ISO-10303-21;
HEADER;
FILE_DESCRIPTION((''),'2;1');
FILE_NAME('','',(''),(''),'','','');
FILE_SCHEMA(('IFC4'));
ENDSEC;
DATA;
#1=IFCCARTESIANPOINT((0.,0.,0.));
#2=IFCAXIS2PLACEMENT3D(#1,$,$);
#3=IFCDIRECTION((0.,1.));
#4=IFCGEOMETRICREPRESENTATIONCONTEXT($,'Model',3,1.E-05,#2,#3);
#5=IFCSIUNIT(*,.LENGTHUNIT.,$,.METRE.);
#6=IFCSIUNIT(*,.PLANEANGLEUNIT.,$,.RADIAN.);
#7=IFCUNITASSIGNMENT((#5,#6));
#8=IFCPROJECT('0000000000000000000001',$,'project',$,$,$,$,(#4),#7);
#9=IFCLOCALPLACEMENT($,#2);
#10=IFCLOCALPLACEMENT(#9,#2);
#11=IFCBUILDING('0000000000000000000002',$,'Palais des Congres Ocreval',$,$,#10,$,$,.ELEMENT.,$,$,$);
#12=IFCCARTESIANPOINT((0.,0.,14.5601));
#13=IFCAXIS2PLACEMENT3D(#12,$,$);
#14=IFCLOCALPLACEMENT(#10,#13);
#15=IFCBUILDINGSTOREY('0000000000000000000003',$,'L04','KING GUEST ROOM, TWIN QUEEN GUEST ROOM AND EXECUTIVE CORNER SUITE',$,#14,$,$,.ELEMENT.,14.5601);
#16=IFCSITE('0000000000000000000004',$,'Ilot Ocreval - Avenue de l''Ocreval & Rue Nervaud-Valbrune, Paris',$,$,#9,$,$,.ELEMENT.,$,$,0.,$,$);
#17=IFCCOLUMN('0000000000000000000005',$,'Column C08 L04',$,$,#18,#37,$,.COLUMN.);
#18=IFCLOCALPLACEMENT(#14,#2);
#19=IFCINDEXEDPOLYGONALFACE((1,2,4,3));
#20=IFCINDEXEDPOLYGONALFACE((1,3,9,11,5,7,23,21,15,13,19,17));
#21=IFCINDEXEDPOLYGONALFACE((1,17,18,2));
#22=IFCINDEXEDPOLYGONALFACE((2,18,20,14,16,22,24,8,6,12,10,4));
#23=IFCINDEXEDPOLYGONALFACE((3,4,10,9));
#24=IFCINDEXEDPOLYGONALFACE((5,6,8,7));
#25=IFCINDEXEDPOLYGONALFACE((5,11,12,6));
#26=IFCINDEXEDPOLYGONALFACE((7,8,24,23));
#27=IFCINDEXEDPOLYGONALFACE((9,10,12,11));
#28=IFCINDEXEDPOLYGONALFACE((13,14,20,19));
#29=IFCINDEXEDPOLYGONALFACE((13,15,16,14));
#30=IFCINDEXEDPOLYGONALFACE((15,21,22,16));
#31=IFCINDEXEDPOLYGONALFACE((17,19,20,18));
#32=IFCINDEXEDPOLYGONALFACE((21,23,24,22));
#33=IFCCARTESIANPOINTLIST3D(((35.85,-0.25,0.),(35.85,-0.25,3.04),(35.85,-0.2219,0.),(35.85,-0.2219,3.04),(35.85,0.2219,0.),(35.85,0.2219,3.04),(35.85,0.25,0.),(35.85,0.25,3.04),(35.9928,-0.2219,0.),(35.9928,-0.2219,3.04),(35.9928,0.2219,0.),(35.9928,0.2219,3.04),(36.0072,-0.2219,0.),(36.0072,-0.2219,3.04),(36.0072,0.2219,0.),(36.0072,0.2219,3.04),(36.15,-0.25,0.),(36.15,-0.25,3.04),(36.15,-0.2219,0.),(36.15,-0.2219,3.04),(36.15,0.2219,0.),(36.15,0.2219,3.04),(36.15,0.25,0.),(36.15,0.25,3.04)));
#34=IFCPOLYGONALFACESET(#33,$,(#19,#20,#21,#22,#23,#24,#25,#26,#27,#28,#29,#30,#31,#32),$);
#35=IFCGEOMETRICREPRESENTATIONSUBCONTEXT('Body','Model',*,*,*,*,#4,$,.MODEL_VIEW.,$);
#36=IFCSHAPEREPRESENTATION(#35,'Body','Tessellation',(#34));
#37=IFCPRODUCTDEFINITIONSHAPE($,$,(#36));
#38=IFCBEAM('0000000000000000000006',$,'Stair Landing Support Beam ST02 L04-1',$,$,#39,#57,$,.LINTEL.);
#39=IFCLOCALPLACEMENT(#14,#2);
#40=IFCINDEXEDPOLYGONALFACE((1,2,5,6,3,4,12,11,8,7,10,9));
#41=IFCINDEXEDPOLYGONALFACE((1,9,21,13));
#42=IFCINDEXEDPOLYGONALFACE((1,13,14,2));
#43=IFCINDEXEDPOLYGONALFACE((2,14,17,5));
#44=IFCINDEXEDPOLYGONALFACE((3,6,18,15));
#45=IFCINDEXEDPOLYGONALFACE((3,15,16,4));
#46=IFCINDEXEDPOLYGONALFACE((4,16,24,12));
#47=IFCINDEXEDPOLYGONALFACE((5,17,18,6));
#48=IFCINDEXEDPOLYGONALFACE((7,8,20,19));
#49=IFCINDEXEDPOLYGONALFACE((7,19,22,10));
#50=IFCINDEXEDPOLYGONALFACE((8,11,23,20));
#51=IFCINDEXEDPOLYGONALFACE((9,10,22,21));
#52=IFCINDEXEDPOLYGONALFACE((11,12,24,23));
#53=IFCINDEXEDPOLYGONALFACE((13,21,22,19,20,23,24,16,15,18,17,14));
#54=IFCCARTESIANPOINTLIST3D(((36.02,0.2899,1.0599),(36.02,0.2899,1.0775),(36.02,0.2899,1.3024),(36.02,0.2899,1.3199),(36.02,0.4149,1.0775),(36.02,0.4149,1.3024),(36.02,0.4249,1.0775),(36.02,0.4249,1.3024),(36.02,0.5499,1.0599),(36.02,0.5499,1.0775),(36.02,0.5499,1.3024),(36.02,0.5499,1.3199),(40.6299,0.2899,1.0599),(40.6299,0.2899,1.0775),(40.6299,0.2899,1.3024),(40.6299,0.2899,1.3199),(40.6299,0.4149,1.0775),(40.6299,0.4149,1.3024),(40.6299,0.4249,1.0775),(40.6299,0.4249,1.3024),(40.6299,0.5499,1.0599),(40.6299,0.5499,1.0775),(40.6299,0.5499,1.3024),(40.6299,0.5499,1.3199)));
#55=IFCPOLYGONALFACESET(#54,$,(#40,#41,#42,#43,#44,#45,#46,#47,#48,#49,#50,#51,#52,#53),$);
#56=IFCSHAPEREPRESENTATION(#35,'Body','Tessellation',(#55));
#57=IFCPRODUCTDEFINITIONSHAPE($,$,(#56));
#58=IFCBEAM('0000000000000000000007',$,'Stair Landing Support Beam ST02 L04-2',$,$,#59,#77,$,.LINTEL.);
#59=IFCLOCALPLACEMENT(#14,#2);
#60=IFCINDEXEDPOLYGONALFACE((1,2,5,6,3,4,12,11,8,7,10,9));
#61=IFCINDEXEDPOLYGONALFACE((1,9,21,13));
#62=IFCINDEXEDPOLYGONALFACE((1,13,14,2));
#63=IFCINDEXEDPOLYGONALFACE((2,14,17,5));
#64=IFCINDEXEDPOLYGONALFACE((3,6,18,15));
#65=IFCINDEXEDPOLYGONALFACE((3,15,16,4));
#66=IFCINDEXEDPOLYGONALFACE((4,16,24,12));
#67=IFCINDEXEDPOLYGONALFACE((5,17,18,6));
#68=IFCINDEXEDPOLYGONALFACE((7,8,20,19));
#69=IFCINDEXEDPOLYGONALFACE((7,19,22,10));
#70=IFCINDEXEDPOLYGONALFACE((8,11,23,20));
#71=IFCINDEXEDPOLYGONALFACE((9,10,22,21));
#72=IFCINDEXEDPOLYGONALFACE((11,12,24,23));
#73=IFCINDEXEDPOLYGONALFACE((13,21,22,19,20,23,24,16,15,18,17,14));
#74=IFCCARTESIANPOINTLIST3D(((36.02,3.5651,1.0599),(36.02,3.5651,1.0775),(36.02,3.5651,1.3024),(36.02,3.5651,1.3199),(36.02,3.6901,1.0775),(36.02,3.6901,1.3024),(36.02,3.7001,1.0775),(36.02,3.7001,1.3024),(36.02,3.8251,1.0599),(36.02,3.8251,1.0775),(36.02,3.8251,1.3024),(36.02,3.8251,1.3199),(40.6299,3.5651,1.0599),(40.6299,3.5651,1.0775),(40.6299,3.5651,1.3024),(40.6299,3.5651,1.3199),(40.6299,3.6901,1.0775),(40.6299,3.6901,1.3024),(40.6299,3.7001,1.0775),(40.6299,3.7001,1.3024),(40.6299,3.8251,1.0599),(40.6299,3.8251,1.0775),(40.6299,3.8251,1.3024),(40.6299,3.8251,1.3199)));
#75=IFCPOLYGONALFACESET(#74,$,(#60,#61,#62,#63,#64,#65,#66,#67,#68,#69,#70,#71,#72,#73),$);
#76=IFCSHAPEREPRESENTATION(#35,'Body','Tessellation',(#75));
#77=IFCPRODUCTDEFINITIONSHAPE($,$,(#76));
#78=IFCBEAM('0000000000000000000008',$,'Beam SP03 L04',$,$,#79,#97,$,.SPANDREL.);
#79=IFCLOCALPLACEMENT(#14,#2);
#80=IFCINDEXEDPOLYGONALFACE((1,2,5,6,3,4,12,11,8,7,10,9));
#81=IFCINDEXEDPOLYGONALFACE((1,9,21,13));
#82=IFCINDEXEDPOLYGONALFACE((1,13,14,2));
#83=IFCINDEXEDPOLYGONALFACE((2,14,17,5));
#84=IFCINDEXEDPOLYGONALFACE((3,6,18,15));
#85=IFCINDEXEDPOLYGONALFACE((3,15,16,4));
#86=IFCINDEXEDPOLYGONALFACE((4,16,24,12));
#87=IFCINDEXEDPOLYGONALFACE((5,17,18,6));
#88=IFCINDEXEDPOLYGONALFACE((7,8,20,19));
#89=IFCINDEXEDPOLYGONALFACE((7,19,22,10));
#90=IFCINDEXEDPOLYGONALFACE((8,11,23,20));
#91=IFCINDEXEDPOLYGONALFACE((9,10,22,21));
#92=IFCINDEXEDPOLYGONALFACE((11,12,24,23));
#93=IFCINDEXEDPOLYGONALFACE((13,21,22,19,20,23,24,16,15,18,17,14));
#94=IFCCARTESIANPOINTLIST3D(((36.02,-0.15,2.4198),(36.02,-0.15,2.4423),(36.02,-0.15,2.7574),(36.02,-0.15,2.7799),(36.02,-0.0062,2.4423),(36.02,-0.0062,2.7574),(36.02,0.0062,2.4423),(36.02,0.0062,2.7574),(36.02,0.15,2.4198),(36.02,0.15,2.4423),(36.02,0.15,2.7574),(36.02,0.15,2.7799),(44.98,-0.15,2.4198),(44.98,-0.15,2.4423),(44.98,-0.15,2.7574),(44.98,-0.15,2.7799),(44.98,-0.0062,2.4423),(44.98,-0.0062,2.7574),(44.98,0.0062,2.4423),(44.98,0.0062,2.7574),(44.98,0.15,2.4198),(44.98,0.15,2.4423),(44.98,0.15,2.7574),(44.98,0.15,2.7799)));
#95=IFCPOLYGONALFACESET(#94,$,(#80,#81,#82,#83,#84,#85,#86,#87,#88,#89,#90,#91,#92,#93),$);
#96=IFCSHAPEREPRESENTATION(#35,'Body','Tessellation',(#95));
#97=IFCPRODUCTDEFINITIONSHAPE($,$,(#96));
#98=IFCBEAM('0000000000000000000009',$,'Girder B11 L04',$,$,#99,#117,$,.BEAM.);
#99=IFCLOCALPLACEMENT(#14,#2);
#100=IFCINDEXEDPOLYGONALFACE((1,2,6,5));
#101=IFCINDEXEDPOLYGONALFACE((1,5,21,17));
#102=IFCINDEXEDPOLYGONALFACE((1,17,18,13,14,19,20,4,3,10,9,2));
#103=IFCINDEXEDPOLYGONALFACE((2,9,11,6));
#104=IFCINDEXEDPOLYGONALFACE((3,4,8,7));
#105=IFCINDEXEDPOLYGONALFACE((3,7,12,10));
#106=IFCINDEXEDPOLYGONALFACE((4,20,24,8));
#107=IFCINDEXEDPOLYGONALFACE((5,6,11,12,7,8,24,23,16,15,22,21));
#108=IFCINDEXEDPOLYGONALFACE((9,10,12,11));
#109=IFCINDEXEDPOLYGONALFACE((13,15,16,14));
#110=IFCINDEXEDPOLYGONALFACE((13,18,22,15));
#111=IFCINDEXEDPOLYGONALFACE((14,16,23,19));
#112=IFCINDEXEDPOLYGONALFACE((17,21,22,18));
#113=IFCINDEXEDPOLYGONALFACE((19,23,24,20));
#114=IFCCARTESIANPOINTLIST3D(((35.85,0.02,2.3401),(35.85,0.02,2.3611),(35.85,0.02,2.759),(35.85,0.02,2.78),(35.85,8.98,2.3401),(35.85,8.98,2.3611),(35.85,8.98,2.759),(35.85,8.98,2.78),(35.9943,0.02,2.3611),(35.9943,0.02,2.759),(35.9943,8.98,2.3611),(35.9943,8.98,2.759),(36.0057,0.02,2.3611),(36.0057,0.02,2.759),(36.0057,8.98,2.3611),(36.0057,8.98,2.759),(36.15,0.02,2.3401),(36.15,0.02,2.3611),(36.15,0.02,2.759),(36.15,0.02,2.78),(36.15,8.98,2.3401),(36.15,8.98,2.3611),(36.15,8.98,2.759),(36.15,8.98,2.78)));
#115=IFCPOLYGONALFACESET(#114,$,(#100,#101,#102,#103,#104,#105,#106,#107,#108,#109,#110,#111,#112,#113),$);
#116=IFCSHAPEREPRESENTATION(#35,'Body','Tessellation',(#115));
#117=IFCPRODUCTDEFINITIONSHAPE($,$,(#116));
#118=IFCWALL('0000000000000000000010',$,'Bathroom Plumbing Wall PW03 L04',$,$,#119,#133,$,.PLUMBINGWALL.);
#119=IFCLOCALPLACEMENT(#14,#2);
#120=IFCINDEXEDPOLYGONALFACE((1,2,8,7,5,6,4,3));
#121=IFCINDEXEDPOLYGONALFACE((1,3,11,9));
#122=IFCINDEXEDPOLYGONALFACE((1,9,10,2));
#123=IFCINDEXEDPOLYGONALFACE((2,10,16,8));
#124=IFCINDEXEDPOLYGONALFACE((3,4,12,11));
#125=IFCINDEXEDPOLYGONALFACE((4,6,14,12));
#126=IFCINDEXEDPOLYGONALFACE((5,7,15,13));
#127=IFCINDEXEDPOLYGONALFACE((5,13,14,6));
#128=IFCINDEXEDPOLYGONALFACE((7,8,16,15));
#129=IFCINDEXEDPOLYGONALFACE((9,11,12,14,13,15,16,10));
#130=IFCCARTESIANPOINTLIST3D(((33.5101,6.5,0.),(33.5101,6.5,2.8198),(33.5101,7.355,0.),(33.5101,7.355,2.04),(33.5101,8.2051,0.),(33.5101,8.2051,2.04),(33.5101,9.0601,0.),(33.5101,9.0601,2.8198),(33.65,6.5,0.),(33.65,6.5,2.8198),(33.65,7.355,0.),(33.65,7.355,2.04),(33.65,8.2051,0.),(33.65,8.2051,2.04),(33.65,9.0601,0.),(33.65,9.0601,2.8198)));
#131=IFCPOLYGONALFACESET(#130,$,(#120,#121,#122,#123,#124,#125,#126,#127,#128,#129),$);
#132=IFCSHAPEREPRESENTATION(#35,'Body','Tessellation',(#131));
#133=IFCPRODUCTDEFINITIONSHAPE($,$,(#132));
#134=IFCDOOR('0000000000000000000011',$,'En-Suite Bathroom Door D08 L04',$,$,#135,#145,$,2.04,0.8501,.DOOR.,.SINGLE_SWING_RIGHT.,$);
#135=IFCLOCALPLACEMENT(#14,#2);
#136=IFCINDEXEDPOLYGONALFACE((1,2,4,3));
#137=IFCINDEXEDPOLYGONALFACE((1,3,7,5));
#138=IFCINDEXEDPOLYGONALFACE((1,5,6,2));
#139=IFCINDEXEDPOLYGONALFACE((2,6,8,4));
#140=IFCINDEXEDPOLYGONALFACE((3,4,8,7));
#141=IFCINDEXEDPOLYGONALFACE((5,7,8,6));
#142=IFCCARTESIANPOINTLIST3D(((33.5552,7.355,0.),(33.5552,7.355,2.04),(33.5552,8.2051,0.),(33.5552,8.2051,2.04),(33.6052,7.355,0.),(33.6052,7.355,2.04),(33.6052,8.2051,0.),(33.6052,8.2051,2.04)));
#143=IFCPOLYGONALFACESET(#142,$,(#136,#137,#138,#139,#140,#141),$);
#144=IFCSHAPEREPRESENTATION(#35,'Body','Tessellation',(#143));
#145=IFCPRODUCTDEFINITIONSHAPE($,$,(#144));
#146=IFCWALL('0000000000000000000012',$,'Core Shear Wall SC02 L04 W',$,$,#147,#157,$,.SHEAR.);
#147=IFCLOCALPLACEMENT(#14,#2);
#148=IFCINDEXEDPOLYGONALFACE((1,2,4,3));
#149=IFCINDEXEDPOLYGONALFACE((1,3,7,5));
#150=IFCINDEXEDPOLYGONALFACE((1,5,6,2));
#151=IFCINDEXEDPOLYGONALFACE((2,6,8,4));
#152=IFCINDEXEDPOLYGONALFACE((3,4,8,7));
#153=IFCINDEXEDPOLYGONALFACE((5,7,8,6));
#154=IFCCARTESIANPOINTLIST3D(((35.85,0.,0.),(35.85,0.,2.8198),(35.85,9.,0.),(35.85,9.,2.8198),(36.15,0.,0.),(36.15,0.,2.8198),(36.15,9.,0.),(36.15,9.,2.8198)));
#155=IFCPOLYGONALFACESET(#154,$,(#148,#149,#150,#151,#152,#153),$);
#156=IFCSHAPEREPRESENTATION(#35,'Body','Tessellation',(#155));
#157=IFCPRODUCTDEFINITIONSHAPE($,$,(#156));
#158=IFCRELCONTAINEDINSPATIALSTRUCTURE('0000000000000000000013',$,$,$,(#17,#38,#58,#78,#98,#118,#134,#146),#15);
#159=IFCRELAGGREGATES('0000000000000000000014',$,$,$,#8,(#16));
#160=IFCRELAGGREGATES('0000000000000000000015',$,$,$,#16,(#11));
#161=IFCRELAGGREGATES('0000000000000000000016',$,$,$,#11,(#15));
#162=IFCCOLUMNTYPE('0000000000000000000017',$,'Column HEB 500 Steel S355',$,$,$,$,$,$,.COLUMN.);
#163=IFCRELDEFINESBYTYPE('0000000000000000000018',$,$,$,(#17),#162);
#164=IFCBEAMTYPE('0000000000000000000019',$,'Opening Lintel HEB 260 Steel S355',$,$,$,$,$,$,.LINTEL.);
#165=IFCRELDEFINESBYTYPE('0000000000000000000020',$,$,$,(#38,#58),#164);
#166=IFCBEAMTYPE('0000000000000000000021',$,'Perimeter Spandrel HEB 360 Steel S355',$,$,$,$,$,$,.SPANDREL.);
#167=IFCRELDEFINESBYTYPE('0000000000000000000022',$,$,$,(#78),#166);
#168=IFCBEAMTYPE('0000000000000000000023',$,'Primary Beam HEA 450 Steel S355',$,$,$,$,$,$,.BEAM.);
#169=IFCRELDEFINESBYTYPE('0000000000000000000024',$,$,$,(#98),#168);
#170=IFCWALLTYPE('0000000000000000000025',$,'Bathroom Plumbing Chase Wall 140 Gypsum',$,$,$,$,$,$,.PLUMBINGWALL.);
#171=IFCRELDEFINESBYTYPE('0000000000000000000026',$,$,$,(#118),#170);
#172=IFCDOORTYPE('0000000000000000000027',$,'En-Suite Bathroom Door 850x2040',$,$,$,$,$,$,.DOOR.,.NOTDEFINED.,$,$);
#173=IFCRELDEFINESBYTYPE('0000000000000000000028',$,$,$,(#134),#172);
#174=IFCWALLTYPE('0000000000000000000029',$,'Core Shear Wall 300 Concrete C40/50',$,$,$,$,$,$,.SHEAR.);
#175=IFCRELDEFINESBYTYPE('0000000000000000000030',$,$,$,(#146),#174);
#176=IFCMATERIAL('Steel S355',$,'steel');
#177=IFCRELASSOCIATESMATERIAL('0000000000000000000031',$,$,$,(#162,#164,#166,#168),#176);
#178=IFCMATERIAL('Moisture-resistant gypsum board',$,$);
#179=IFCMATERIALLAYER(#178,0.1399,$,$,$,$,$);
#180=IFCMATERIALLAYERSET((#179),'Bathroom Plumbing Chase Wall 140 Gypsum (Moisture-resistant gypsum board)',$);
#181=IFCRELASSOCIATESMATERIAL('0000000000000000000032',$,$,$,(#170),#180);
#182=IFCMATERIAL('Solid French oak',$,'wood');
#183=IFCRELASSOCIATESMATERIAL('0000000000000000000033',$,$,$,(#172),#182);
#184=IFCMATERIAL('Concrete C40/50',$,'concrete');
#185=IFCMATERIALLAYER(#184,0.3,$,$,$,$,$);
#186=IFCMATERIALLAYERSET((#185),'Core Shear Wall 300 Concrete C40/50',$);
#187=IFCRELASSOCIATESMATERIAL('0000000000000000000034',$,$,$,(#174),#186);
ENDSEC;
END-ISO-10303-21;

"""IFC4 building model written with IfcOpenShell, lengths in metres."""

from ifc_helpers import new_model, si_unit, direction, frame, frame_2d, origin, origin_2d, place, context, subcontext, project, spatial, rectangle, i_section, extrude, material, layer, layer_set, material_profile, profile_set, type_object, element, fill, save


model = new_model("IFC4")

# Units and contexts
model_context = context("Model", 3, precision=1e-05, world=origin(), true_north=direction((0.0, 1.0)))
body_context = subcontext(model_context, "Body", "Model", "MODEL_VIEW")
ifc_project = project(units=[si_unit("LENGTHUNIT", "METRE"), si_unit("PLANEANGLEUNIT", "RADIAN")], contexts=[model_context])

# Site, building, storey
site_placement = place(None, origin())
site = spatial("IfcSite", under=ifc_project, at=site_placement, Name="Ilot Ocreval - Avenue de l'Ocreval & Rue Nervaud-Valbrune, Paris", CompositionType="ELEMENT", RefElevation=0.0)
building_placement = place(site_placement, origin())
building = spatial("IfcBuilding", under=site, at=building_placement, Name="Palais des Congres Ocreval", CompositionType="ELEMENT")
storey_placement = place(building_placement, frame((0.0, 0.0, 14.5601)))
storey = spatial("IfcBuildingStorey", under=building, at=storey_placement, Name="L04", Description="KING GUEST ROOM, TWIN QUEEN GUEST ROOM AND EXECUTIVE CORNER SUITE", CompositionType="ELEMENT", Elevation=14.5601)

# Column
ifc_material_1 = material(Name="Steel S355", Category="steel")
ifc_material_profile_1 = material_profile(ifc_material_1, i_section(OverallWidth=0.3, OverallDepth=0.5, WebThickness=0.0144, FlangeThickness=0.0281, at=origin_2d()), Name="HEB 500")
ifc_profile_set_1 = profile_set([ifc_material_profile_1], Name="Steel S355")
column_type = type_object("IfcColumnType", Name="Column HEB 500 Steel S355", PredefinedType="COLUMN", material=ifc_profile_set_1)
column_placement = place(storey_placement, frame((36.0, 0.0, 0.0), z_axis=(0.0, 0.0, 1.0), x_axis=(1.0, 0.0, 0.0)))
element("IfcColumn", 1, at=column_placement, inside=storey, type_object=column_type, Name="Column C08 L04", PredefinedType="COLUMN", context=body_context, shape_type="SweptSolid", body=[
    extrude(i_section(OverallWidth=0.3, OverallDepth=0.5, WebThickness=0.0144, FlangeThickness=0.0281, at=origin_2d()), origin(), (0.0, 0.0, 1.0), 3.04),
])

# Beams
ifc_material_profile_2 = material_profile(ifc_material_1, i_section(OverallWidth=0.26, OverallDepth=0.26, WebThickness=0.01, FlangeThickness=0.0176, at=origin_2d()), Name="HEB 260")
ifc_profile_set_2 = profile_set([ifc_material_profile_2], Name="Steel S355")
beam_type_1 = type_object("IfcBeamType", Name="Opening Lintel HEB 260 Steel S355", PredefinedType="LINTEL", material=ifc_profile_set_2)
for number, where, z_axis, x_axis, name in (
    (2, (36.02, 0.4199, 1.1899), (1.0, 0.0, 0.0), (0.0, 1.0, 0.0), "Stair Landing Support Beam ST02 L04-1"),
    (3, (36.02, 3.6951, 1.1899), (1.0, 0.0, 0.0), (0.0, 1.0, 0.0), "Stair Landing Support Beam ST02 L04-2"),
):
    element("IfcBeam", number, at=place(storey_placement, frame(where, z_axis=z_axis, x_axis=x_axis)), inside=storey, type_object=beam_type_1, Name=name, PredefinedType="LINTEL", context=body_context, shape_type="SweptSolid", body=[
        extrude(i_section(OverallWidth=0.26, OverallDepth=0.26, WebThickness=0.01, FlangeThickness=0.0176, at=origin_2d()), origin(), (0.0, 0.0, 1.0), 4.6099),
    ])
ifc_material_profile_3 = material_profile(ifc_material_1, i_section(OverallWidth=0.3, OverallDepth=0.3601, WebThickness=0.0125, FlangeThickness=0.0225, at=origin_2d()), Name="HEB 360")
ifc_profile_set_3 = profile_set([ifc_material_profile_3], Name="Steel S355")
beam_type_2 = type_object("IfcBeamType", Name="Perimeter Spandrel HEB 360 Steel S355", PredefinedType="SPANDREL", material=ifc_profile_set_3)
beam_1_placement = place(storey_placement, frame((36.02, 0.0, 2.5999), z_axis=(1.0, 0.0, 0.0), x_axis=(0.0, 1.0, 0.0)))
element("IfcBeam", 4, at=beam_1_placement, inside=storey, type_object=beam_type_2, Name="Beam SP03 L04", PredefinedType="SPANDREL", context=body_context, shape_type="SweptSolid", body=[
    extrude(i_section(OverallWidth=0.3, OverallDepth=0.3601, WebThickness=0.0125, FlangeThickness=0.0225, at=origin_2d()), origin(), (0.0, 0.0, 1.0), 8.96),
])
ifc_material_profile_4 = material_profile(ifc_material_1, i_section(OverallWidth=0.3, OverallDepth=0.4399, WebThickness=0.0115, FlangeThickness=0.021, at=origin_2d()), Name="HEA 450")
ifc_profile_set_4 = profile_set([ifc_material_profile_4], Name="Steel S355")
beam_type_3 = type_object("IfcBeamType", Name="Primary Beam HEA 450 Steel S355", PredefinedType="BEAM", material=ifc_profile_set_4)
beam_2_placement = place(storey_placement, frame((36.0, 0.02, 2.5601), z_axis=(0.0, 1.0, 0.0), x_axis=(-1.0, 0.0, 0.0)))
element("IfcBeam", 5, at=beam_2_placement, inside=storey, type_object=beam_type_3, Name="Girder B11 L04", PredefinedType="BEAM", context=body_context, shape_type="SweptSolid", body=[
    extrude(i_section(OverallWidth=0.3, OverallDepth=0.4399, WebThickness=0.0115, FlangeThickness=0.021, at=origin_2d()), origin(), (0.0, 0.0, 1.0), 8.96),
])

# Wall, opening, door
ifc_material_2 = material(Name="Moisture-resistant gypsum board")
ifc_layer_1 = layer(ifc_material_2, 0.1399)
ifc_layer_set_1 = layer_set([ifc_layer_1], Name="Bathroom Plumbing Chase Wall 140 Gypsum (Moisture-resistant gypsum board)")
wall_type_1 = type_object("IfcWallType", Name="Bathroom Plumbing Chase Wall 140 Gypsum", PredefinedType="PLUMBINGWALL", material=ifc_layer_set_1)
wall_1_placement = place(storey_placement, frame((33.5801, 6.5, 0.0), z_axis=(0.0, 0.0, 1.0), x_axis=(0.0, 1.0, 0.0)))
wall_1 = element("IfcWall", 6, at=wall_1_placement, inside=storey, type_object=wall_type_1, Name="Bathroom Plumbing Wall PW03 L04", PredefinedType="PLUMBINGWALL", context=body_context, shape_type="SweptSolid", body=[
    extrude(rectangle(XDim=2.5601, YDim=0.1399, at=frame_2d((1.28, 0.0))), origin(), (0.0, 0.0, 1.0), 2.8198),
])
opening_1_placement = place(wall_1_placement, frame((0.855, 0.0, 0.0)))
opening_1 = element("IfcOpeningElement", 7, at=opening_1_placement, cuts=wall_1, PredefinedType="OPENING", context=body_context, shape_type="SweptSolid", body=[
    extrude(rectangle(XDim=0.8501, YDim=2.04, at=frame_2d((0.425, 1.02))), frame((0.0, 0.0798, 0.0), z_axis=(0.0, -1.0, 0.0), x_axis=(1.0, 0.0, 0.0)), (0.0, 0.0, 1.0), 0.1599),
])
ifc_material_3 = material(Name="Solid French oak", Category="wood")
door_type = type_object("IfcDoorType", Name="En-Suite Bathroom Door 850x2040", OperationType="NOTDEFINED", PredefinedType="DOOR", material=ifc_material_3)
door_placement = place(opening_1_placement, origin())
door = element("IfcDoor", 8, at=door_placement, inside=storey, type_object=door_type, Name="En-Suite Bathroom Door D08 L04", OperationType="SINGLE_SWING_RIGHT", OverallHeight=2.04, OverallWidth=0.8501, PredefinedType="DOOR", context=body_context, shape_type="SweptSolid", body=[
    extrude(rectangle(XDim=0.8501, YDim=2.04, at=frame_2d((0.425, 1.02))), frame((0.0, 0.0249, 0.0), z_axis=(0.0, -1.0, 0.0), x_axis=(1.0, 0.0, 0.0)), (0.0, 0.0, 1.0), 0.05),
])
fill(opening_1, door)

# Wall
ifc_material_4 = material(Name="Concrete C40/50", Category="concrete")
ifc_layer_2 = layer(ifc_material_4, 0.3)
ifc_layer_set_2 = layer_set([ifc_layer_2], Name="Core Shear Wall 300 Concrete C40/50")
wall_type_2 = type_object("IfcWallType", Name="Core Shear Wall 300 Concrete C40/50", PredefinedType="SHEAR", material=ifc_layer_set_2)
wall_2_placement = place(storey_placement, frame((36.0, 0.0, 0.0), z_axis=(0.0, 0.0, 1.0), x_axis=(0.0, 1.0, 0.0)))
element("IfcWall", 9, at=wall_2_placement, inside=storey, type_object=wall_type_2, Name="Core Shear Wall SC02 L04 W", PredefinedType="SHEAR", context=body_context, shape_type="SweptSolid", body=[
    extrude(rectangle(XDim=9.0, YDim=0.3, at=frame_2d((4.5, 0.0))), origin(), (0.0, 0.0, 1.0), 2.8198),
])

save(model, "model.ifc")
